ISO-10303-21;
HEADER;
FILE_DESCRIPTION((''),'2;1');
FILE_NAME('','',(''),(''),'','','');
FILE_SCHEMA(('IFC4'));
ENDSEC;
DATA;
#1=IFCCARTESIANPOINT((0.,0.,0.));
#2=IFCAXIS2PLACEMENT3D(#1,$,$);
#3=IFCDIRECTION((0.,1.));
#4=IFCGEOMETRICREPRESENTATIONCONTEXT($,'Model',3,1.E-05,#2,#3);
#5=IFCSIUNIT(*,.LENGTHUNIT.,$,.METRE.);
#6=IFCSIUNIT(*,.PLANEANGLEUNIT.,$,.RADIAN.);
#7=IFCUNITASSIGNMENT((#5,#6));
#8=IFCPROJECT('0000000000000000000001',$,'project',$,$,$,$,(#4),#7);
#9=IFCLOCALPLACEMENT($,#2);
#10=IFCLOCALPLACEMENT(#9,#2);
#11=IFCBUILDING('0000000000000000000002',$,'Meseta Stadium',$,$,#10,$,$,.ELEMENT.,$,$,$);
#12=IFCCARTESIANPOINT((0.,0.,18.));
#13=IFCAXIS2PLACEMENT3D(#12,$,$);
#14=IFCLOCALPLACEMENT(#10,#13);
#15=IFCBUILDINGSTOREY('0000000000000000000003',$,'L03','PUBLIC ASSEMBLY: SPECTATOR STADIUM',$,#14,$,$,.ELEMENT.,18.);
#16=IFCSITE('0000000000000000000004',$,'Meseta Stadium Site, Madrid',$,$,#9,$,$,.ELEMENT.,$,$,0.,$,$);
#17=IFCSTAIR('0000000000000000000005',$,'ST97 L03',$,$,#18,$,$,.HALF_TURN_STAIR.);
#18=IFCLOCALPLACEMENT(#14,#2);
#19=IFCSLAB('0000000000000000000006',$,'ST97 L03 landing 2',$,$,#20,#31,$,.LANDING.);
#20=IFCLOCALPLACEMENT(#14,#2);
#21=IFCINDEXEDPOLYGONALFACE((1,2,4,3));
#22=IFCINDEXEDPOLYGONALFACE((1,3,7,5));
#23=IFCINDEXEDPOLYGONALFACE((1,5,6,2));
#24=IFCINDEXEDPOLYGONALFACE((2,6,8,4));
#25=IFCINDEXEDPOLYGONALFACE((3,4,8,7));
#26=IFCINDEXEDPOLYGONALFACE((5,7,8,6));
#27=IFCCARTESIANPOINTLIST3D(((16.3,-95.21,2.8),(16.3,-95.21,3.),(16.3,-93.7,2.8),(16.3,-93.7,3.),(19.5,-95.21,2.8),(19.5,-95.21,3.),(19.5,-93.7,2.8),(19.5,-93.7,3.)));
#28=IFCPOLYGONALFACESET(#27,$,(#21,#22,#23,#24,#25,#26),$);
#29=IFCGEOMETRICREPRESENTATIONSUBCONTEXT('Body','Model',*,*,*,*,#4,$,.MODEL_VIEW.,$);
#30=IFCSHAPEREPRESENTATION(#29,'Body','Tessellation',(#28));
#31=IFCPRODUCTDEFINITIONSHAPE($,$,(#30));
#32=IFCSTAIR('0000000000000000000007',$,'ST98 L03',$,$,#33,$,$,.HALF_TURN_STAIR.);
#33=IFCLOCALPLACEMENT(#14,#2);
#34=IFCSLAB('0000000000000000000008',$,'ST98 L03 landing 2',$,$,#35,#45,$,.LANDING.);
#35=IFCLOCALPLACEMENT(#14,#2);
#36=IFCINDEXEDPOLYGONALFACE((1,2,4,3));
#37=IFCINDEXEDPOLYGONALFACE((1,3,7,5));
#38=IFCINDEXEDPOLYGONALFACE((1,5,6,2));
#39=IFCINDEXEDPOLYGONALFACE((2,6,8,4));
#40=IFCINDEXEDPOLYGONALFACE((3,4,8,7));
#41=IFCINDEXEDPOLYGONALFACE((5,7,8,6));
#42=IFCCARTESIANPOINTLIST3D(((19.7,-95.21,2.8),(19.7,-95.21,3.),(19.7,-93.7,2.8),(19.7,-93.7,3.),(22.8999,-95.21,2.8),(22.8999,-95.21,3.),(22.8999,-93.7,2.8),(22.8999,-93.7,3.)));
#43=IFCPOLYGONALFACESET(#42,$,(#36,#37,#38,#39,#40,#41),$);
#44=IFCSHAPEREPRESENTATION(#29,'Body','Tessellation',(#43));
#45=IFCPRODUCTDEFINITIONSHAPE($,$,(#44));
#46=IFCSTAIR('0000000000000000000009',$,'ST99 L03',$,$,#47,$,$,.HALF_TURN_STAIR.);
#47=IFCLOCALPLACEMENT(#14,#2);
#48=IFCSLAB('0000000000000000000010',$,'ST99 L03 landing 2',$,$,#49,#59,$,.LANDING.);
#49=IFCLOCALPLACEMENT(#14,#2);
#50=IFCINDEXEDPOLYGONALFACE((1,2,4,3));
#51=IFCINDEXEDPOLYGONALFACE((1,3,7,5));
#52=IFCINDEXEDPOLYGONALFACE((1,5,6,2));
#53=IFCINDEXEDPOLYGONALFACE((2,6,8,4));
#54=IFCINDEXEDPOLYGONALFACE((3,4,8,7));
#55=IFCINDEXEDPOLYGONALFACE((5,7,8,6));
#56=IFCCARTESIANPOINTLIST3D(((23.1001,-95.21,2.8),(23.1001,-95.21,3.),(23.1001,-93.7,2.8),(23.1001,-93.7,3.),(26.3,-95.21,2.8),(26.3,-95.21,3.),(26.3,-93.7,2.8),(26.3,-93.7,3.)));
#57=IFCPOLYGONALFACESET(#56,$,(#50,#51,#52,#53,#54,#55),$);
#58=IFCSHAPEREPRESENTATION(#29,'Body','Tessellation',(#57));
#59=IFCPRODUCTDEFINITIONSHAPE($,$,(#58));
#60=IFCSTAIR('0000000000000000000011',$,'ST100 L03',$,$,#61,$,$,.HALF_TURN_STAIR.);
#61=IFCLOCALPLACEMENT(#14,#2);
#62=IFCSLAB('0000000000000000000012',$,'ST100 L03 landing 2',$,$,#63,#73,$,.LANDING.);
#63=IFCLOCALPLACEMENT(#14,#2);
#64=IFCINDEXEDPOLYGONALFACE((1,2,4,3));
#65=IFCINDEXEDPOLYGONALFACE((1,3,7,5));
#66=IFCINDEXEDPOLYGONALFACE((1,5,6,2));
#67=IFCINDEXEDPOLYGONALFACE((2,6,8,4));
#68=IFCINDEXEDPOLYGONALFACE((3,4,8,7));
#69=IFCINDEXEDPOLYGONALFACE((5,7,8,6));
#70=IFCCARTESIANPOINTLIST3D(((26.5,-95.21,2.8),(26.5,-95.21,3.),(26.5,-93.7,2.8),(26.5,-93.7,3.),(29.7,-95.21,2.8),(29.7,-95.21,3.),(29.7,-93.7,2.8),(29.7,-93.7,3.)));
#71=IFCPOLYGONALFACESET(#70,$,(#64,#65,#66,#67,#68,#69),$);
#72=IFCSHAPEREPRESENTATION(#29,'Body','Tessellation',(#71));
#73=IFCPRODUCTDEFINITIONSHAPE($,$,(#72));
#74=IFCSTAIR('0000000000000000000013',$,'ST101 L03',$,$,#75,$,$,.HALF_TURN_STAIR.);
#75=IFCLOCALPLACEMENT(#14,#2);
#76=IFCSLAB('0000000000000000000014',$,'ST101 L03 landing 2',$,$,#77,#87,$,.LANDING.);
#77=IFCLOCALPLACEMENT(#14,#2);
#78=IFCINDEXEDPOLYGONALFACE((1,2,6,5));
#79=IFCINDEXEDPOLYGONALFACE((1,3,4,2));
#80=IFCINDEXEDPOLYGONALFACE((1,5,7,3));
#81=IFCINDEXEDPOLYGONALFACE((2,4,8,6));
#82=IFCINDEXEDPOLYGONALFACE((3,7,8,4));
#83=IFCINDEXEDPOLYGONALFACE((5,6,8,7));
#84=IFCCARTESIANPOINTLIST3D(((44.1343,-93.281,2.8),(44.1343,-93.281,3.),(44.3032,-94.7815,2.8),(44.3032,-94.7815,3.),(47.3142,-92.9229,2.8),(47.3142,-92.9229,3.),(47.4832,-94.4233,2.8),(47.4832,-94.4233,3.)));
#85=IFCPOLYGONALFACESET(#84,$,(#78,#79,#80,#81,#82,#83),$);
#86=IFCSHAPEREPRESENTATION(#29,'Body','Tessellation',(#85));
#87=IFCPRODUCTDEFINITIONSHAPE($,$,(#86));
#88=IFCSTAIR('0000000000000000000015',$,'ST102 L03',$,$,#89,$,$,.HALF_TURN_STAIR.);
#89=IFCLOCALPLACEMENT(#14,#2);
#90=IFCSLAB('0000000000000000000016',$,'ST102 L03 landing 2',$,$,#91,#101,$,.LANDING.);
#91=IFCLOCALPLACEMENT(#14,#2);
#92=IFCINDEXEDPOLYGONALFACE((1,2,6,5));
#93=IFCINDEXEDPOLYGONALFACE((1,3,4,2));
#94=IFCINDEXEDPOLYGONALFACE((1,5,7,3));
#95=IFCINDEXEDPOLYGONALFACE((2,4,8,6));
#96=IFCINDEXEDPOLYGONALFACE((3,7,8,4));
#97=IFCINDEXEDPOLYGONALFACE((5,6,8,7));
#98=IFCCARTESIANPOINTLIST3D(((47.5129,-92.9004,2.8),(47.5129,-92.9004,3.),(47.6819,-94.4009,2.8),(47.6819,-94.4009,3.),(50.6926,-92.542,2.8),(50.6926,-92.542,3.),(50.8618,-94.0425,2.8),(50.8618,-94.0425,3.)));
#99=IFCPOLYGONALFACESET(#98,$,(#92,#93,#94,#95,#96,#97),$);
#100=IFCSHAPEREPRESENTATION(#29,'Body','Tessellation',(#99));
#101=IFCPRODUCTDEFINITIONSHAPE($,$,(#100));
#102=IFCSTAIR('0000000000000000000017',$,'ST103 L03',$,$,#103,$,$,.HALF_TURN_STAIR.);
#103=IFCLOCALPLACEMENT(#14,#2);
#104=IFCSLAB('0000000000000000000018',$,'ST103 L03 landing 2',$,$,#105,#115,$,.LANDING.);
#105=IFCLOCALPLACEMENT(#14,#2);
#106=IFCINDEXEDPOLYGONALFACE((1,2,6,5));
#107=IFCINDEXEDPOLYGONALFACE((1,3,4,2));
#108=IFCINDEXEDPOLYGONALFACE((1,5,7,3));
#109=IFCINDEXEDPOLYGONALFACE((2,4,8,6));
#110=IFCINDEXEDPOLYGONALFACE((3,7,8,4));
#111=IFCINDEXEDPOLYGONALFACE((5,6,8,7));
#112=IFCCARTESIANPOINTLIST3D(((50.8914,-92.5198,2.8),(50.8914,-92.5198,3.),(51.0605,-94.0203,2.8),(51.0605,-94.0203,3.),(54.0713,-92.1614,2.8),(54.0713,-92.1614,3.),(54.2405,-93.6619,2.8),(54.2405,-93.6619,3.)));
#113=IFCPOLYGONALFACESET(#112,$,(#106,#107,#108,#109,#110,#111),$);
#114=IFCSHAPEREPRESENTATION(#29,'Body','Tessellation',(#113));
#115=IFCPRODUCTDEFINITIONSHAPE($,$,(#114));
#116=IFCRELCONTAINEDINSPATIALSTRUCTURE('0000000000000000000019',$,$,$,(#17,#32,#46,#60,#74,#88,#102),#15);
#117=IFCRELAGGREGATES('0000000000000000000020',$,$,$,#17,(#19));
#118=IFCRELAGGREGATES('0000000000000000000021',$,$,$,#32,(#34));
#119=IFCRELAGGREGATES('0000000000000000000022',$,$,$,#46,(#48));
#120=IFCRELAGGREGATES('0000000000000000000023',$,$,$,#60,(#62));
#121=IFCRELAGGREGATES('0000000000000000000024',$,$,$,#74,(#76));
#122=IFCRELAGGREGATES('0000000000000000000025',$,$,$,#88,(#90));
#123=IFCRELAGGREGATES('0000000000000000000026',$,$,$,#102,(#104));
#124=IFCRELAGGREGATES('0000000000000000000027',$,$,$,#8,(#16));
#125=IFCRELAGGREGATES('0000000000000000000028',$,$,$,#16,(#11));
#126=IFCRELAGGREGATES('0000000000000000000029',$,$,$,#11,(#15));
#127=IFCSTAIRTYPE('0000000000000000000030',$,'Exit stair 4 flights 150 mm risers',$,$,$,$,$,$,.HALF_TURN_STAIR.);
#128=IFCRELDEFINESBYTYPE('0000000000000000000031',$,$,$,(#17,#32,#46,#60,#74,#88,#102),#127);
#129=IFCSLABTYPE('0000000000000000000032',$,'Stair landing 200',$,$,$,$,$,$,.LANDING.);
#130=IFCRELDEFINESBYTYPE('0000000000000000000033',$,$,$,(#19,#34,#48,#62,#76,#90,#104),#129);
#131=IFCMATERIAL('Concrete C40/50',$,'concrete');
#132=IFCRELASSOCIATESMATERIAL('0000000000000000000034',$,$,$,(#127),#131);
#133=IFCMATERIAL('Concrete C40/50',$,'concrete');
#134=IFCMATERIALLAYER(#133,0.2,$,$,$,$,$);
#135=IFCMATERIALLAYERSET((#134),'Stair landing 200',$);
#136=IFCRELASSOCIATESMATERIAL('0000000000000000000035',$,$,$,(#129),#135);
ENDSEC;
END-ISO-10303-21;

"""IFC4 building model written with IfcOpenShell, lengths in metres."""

from ifc_helpers import new_model, si_unit, direction, frame, origin, place, context, subcontext, project, spatial, polyline, outline, extrude, material, layer, layer_set, type_object, element, aggregate, save


model = new_model("IFC4")

# Units and contexts
model_context = context("Model", 3, precision=1e-05, world=origin(), true_north=direction((0.0, 1.0)))
body_context = subcontext(model_context, "Body", "Model", "MODEL_VIEW")
ifc_project = project(units=[si_unit("LENGTHUNIT", "METRE"), si_unit("PLANEANGLEUNIT", "RADIAN")], contexts=[model_context])

# Site, building, storey
site_placement = place(None, origin())
site = spatial("IfcSite", under=ifc_project, at=site_placement, Name="Meseta Stadium Site, Madrid", CompositionType="ELEMENT", RefElevation=0.0)
building_placement = place(site_placement, origin())
building = spatial("IfcBuilding", under=site, at=building_placement, Name="Meseta Stadium", CompositionType="ELEMENT")
storey_placement = place(building_placement, frame((0.0, 0.0, 18.0)))
storey = spatial("IfcBuildingStorey", under=building, at=storey_placement, Name="L03", Description="PUBLIC ASSEMBLY: SPECTATOR STADIUM", CompositionType="ELEMENT", Elevation=18.0)

# Stairs, slabs
ifc_material_1 = material(Name="Concrete C40/50", Category="concrete")
stair_type = type_object("IfcStairType", Name="Exit stair 4 flights 150 mm risers", PredefinedType="HALF_TURN_STAIR", material=ifc_material_1)
ifc_material_2 = material(Name="Concrete C40/50", Category="concrete")
ifc_layer = layer(ifc_material_2, 0.2)
ifc_layer_set = layer_set([ifc_layer], Name="Stair landing 200")
slab_type = type_object("IfcSlabType", Name="Stair landing 200", PredefinedType="LANDING", material=ifc_layer_set)
stair_1_placement = place(storey_placement, origin())
stair_1 = element("IfcStair", 1, at=stair_1_placement, inside=storey, type_object=stair_type, Name="ST97 L03", PredefinedType="HALF_TURN_STAIR")
slab_1_placement = place(storey_placement, frame((0.0, 0.0, 2.8)))
slab_1 = element("IfcSlab", 2, at=slab_1_placement, type_object=slab_type, Name="ST97 L03 landing 2", PredefinedType="LANDING", context=body_context, shape_type="SweptSolid", body=[
    extrude(outline(polyline([(16.3, -93.7), (16.3, -95.21), (19.5, -95.21), (19.5, -93.7), (16.3, -93.7)])), origin(), (0.0, 0.0, 1.0), 0.2),
])
aggregate(stair_1, [slab_1])
stair_2_placement = place(storey_placement, origin())
stair_2 = element("IfcStair", 3, at=stair_2_placement, inside=storey, type_object=stair_type, Name="ST98 L03", PredefinedType="HALF_TURN_STAIR")
slab_2_placement = place(storey_placement, frame((0.0, 0.0, 2.8)))
slab_2 = element("IfcSlab", 4, at=slab_2_placement, type_object=slab_type, Name="ST98 L03 landing 2", PredefinedType="LANDING", context=body_context, shape_type="SweptSolid", body=[
    extrude(outline(polyline([(19.7, -93.7), (19.7, -95.21), (22.8999, -95.21), (22.8999, -93.7), (19.7, -93.7)])), origin(), (0.0, 0.0, 1.0), 0.2),
])
aggregate(stair_2, [slab_2])
stair_3_placement = place(storey_placement, origin())
stair_3 = element("IfcStair", 5, at=stair_3_placement, inside=storey, type_object=stair_type, Name="ST99 L03", PredefinedType="HALF_TURN_STAIR")
slab_3_placement = place(storey_placement, frame((0.0, 0.0, 2.8)))
slab_3 = element("IfcSlab", 6, at=slab_3_placement, type_object=slab_type, Name="ST99 L03 landing 2", PredefinedType="LANDING", context=body_context, shape_type="SweptSolid", body=[
    extrude(outline(polyline([(23.1001, -93.7), (23.1001, -95.21), (26.3, -95.21), (26.3, -93.7), (23.1001, -93.7)])), origin(), (0.0, 0.0, 1.0), 0.2),
])
aggregate(stair_3, [slab_3])
stair_4_placement = place(storey_placement, origin())
stair_4 = element("IfcStair", 7, at=stair_4_placement, inside=storey, type_object=stair_type, Name="ST100 L03", PredefinedType="HALF_TURN_STAIR")
slab_4_placement = place(storey_placement, frame((0.0, 0.0, 2.8)))
slab_4 = element("IfcSlab", 8, at=slab_4_placement, type_object=slab_type, Name="ST100 L03 landing 2", PredefinedType="LANDING", context=body_context, shape_type="SweptSolid", body=[
    extrude(outline(polyline([(26.5, -93.7), (26.5, -95.21), (29.7, -95.21), (29.7, -93.7), (26.5, -93.7)])), origin(), (0.0, 0.0, 1.0), 0.2),
])
aggregate(stair_4, [slab_4])
stair_5_placement = place(storey_placement, origin())
stair_5 = element("IfcStair", 9, at=stair_5_placement, inside=storey, type_object=stair_type, Name="ST101 L03", PredefinedType="HALF_TURN_STAIR")
slab_5_placement = place(storey_placement, frame((0.0, 0.0, 2.8)))
slab_5 = element("IfcSlab", 10, at=slab_5_placement, type_object=slab_type, Name="ST101 L03 landing 2", PredefinedType="LANDING", context=body_context, shape_type="SweptSolid", body=[
    extrude(outline(polyline([(44.1343, -93.281), (44.3032, -94.7815), (47.4832, -94.4233), (47.3142, -92.9229), (44.1343, -93.281)])), origin(), (0.0, 0.0, 1.0), 0.2),
])
aggregate(stair_5, [slab_5])
stair_6_placement = place(storey_placement, origin())
stair_6 = element("IfcStair", 11, at=stair_6_placement, inside=storey, type_object=stair_type, Name="ST102 L03", PredefinedType="HALF_TURN_STAIR")
slab_6_placement = place(storey_placement, frame((0.0, 0.0, 2.8)))
slab_6 = element("IfcSlab", 12, at=slab_6_placement, type_object=slab_type, Name="ST102 L03 landing 2", PredefinedType="LANDING", context=body_context, shape_type="SweptSolid", body=[
    extrude(outline(polyline([(47.5129, -92.9004), (47.6819, -94.4009), (50.8618, -94.0425), (50.6926, -92.542), (47.5129, -92.9004)])), origin(), (0.0, 0.0, 1.0), 0.2),
])
aggregate(stair_6, [slab_6])
stair_7_placement = place(storey_placement, origin())
stair_7 = element("IfcStair", 13, at=stair_7_placement, inside=storey, type_object=stair_type, Name="ST103 L03", PredefinedType="HALF_TURN_STAIR")
slab_7_placement = place(storey_placement, frame((0.0, 0.0, 2.8)))
slab_7 = element("IfcSlab", 14, at=slab_7_placement, type_object=slab_type, Name="ST103 L03 landing 2", PredefinedType="LANDING", context=body_context, shape_type="SweptSolid", body=[
    extrude(outline(polyline([(50.8914, -92.5198), (51.0605, -94.0203), (54.2405, -93.6619), (54.0713, -92.1614), (50.8914, -92.5198)])), origin(), (0.0, 0.0, 1.0), 0.2),
])
aggregate(stair_7, [slab_7])

save(model, "model.ifc")
